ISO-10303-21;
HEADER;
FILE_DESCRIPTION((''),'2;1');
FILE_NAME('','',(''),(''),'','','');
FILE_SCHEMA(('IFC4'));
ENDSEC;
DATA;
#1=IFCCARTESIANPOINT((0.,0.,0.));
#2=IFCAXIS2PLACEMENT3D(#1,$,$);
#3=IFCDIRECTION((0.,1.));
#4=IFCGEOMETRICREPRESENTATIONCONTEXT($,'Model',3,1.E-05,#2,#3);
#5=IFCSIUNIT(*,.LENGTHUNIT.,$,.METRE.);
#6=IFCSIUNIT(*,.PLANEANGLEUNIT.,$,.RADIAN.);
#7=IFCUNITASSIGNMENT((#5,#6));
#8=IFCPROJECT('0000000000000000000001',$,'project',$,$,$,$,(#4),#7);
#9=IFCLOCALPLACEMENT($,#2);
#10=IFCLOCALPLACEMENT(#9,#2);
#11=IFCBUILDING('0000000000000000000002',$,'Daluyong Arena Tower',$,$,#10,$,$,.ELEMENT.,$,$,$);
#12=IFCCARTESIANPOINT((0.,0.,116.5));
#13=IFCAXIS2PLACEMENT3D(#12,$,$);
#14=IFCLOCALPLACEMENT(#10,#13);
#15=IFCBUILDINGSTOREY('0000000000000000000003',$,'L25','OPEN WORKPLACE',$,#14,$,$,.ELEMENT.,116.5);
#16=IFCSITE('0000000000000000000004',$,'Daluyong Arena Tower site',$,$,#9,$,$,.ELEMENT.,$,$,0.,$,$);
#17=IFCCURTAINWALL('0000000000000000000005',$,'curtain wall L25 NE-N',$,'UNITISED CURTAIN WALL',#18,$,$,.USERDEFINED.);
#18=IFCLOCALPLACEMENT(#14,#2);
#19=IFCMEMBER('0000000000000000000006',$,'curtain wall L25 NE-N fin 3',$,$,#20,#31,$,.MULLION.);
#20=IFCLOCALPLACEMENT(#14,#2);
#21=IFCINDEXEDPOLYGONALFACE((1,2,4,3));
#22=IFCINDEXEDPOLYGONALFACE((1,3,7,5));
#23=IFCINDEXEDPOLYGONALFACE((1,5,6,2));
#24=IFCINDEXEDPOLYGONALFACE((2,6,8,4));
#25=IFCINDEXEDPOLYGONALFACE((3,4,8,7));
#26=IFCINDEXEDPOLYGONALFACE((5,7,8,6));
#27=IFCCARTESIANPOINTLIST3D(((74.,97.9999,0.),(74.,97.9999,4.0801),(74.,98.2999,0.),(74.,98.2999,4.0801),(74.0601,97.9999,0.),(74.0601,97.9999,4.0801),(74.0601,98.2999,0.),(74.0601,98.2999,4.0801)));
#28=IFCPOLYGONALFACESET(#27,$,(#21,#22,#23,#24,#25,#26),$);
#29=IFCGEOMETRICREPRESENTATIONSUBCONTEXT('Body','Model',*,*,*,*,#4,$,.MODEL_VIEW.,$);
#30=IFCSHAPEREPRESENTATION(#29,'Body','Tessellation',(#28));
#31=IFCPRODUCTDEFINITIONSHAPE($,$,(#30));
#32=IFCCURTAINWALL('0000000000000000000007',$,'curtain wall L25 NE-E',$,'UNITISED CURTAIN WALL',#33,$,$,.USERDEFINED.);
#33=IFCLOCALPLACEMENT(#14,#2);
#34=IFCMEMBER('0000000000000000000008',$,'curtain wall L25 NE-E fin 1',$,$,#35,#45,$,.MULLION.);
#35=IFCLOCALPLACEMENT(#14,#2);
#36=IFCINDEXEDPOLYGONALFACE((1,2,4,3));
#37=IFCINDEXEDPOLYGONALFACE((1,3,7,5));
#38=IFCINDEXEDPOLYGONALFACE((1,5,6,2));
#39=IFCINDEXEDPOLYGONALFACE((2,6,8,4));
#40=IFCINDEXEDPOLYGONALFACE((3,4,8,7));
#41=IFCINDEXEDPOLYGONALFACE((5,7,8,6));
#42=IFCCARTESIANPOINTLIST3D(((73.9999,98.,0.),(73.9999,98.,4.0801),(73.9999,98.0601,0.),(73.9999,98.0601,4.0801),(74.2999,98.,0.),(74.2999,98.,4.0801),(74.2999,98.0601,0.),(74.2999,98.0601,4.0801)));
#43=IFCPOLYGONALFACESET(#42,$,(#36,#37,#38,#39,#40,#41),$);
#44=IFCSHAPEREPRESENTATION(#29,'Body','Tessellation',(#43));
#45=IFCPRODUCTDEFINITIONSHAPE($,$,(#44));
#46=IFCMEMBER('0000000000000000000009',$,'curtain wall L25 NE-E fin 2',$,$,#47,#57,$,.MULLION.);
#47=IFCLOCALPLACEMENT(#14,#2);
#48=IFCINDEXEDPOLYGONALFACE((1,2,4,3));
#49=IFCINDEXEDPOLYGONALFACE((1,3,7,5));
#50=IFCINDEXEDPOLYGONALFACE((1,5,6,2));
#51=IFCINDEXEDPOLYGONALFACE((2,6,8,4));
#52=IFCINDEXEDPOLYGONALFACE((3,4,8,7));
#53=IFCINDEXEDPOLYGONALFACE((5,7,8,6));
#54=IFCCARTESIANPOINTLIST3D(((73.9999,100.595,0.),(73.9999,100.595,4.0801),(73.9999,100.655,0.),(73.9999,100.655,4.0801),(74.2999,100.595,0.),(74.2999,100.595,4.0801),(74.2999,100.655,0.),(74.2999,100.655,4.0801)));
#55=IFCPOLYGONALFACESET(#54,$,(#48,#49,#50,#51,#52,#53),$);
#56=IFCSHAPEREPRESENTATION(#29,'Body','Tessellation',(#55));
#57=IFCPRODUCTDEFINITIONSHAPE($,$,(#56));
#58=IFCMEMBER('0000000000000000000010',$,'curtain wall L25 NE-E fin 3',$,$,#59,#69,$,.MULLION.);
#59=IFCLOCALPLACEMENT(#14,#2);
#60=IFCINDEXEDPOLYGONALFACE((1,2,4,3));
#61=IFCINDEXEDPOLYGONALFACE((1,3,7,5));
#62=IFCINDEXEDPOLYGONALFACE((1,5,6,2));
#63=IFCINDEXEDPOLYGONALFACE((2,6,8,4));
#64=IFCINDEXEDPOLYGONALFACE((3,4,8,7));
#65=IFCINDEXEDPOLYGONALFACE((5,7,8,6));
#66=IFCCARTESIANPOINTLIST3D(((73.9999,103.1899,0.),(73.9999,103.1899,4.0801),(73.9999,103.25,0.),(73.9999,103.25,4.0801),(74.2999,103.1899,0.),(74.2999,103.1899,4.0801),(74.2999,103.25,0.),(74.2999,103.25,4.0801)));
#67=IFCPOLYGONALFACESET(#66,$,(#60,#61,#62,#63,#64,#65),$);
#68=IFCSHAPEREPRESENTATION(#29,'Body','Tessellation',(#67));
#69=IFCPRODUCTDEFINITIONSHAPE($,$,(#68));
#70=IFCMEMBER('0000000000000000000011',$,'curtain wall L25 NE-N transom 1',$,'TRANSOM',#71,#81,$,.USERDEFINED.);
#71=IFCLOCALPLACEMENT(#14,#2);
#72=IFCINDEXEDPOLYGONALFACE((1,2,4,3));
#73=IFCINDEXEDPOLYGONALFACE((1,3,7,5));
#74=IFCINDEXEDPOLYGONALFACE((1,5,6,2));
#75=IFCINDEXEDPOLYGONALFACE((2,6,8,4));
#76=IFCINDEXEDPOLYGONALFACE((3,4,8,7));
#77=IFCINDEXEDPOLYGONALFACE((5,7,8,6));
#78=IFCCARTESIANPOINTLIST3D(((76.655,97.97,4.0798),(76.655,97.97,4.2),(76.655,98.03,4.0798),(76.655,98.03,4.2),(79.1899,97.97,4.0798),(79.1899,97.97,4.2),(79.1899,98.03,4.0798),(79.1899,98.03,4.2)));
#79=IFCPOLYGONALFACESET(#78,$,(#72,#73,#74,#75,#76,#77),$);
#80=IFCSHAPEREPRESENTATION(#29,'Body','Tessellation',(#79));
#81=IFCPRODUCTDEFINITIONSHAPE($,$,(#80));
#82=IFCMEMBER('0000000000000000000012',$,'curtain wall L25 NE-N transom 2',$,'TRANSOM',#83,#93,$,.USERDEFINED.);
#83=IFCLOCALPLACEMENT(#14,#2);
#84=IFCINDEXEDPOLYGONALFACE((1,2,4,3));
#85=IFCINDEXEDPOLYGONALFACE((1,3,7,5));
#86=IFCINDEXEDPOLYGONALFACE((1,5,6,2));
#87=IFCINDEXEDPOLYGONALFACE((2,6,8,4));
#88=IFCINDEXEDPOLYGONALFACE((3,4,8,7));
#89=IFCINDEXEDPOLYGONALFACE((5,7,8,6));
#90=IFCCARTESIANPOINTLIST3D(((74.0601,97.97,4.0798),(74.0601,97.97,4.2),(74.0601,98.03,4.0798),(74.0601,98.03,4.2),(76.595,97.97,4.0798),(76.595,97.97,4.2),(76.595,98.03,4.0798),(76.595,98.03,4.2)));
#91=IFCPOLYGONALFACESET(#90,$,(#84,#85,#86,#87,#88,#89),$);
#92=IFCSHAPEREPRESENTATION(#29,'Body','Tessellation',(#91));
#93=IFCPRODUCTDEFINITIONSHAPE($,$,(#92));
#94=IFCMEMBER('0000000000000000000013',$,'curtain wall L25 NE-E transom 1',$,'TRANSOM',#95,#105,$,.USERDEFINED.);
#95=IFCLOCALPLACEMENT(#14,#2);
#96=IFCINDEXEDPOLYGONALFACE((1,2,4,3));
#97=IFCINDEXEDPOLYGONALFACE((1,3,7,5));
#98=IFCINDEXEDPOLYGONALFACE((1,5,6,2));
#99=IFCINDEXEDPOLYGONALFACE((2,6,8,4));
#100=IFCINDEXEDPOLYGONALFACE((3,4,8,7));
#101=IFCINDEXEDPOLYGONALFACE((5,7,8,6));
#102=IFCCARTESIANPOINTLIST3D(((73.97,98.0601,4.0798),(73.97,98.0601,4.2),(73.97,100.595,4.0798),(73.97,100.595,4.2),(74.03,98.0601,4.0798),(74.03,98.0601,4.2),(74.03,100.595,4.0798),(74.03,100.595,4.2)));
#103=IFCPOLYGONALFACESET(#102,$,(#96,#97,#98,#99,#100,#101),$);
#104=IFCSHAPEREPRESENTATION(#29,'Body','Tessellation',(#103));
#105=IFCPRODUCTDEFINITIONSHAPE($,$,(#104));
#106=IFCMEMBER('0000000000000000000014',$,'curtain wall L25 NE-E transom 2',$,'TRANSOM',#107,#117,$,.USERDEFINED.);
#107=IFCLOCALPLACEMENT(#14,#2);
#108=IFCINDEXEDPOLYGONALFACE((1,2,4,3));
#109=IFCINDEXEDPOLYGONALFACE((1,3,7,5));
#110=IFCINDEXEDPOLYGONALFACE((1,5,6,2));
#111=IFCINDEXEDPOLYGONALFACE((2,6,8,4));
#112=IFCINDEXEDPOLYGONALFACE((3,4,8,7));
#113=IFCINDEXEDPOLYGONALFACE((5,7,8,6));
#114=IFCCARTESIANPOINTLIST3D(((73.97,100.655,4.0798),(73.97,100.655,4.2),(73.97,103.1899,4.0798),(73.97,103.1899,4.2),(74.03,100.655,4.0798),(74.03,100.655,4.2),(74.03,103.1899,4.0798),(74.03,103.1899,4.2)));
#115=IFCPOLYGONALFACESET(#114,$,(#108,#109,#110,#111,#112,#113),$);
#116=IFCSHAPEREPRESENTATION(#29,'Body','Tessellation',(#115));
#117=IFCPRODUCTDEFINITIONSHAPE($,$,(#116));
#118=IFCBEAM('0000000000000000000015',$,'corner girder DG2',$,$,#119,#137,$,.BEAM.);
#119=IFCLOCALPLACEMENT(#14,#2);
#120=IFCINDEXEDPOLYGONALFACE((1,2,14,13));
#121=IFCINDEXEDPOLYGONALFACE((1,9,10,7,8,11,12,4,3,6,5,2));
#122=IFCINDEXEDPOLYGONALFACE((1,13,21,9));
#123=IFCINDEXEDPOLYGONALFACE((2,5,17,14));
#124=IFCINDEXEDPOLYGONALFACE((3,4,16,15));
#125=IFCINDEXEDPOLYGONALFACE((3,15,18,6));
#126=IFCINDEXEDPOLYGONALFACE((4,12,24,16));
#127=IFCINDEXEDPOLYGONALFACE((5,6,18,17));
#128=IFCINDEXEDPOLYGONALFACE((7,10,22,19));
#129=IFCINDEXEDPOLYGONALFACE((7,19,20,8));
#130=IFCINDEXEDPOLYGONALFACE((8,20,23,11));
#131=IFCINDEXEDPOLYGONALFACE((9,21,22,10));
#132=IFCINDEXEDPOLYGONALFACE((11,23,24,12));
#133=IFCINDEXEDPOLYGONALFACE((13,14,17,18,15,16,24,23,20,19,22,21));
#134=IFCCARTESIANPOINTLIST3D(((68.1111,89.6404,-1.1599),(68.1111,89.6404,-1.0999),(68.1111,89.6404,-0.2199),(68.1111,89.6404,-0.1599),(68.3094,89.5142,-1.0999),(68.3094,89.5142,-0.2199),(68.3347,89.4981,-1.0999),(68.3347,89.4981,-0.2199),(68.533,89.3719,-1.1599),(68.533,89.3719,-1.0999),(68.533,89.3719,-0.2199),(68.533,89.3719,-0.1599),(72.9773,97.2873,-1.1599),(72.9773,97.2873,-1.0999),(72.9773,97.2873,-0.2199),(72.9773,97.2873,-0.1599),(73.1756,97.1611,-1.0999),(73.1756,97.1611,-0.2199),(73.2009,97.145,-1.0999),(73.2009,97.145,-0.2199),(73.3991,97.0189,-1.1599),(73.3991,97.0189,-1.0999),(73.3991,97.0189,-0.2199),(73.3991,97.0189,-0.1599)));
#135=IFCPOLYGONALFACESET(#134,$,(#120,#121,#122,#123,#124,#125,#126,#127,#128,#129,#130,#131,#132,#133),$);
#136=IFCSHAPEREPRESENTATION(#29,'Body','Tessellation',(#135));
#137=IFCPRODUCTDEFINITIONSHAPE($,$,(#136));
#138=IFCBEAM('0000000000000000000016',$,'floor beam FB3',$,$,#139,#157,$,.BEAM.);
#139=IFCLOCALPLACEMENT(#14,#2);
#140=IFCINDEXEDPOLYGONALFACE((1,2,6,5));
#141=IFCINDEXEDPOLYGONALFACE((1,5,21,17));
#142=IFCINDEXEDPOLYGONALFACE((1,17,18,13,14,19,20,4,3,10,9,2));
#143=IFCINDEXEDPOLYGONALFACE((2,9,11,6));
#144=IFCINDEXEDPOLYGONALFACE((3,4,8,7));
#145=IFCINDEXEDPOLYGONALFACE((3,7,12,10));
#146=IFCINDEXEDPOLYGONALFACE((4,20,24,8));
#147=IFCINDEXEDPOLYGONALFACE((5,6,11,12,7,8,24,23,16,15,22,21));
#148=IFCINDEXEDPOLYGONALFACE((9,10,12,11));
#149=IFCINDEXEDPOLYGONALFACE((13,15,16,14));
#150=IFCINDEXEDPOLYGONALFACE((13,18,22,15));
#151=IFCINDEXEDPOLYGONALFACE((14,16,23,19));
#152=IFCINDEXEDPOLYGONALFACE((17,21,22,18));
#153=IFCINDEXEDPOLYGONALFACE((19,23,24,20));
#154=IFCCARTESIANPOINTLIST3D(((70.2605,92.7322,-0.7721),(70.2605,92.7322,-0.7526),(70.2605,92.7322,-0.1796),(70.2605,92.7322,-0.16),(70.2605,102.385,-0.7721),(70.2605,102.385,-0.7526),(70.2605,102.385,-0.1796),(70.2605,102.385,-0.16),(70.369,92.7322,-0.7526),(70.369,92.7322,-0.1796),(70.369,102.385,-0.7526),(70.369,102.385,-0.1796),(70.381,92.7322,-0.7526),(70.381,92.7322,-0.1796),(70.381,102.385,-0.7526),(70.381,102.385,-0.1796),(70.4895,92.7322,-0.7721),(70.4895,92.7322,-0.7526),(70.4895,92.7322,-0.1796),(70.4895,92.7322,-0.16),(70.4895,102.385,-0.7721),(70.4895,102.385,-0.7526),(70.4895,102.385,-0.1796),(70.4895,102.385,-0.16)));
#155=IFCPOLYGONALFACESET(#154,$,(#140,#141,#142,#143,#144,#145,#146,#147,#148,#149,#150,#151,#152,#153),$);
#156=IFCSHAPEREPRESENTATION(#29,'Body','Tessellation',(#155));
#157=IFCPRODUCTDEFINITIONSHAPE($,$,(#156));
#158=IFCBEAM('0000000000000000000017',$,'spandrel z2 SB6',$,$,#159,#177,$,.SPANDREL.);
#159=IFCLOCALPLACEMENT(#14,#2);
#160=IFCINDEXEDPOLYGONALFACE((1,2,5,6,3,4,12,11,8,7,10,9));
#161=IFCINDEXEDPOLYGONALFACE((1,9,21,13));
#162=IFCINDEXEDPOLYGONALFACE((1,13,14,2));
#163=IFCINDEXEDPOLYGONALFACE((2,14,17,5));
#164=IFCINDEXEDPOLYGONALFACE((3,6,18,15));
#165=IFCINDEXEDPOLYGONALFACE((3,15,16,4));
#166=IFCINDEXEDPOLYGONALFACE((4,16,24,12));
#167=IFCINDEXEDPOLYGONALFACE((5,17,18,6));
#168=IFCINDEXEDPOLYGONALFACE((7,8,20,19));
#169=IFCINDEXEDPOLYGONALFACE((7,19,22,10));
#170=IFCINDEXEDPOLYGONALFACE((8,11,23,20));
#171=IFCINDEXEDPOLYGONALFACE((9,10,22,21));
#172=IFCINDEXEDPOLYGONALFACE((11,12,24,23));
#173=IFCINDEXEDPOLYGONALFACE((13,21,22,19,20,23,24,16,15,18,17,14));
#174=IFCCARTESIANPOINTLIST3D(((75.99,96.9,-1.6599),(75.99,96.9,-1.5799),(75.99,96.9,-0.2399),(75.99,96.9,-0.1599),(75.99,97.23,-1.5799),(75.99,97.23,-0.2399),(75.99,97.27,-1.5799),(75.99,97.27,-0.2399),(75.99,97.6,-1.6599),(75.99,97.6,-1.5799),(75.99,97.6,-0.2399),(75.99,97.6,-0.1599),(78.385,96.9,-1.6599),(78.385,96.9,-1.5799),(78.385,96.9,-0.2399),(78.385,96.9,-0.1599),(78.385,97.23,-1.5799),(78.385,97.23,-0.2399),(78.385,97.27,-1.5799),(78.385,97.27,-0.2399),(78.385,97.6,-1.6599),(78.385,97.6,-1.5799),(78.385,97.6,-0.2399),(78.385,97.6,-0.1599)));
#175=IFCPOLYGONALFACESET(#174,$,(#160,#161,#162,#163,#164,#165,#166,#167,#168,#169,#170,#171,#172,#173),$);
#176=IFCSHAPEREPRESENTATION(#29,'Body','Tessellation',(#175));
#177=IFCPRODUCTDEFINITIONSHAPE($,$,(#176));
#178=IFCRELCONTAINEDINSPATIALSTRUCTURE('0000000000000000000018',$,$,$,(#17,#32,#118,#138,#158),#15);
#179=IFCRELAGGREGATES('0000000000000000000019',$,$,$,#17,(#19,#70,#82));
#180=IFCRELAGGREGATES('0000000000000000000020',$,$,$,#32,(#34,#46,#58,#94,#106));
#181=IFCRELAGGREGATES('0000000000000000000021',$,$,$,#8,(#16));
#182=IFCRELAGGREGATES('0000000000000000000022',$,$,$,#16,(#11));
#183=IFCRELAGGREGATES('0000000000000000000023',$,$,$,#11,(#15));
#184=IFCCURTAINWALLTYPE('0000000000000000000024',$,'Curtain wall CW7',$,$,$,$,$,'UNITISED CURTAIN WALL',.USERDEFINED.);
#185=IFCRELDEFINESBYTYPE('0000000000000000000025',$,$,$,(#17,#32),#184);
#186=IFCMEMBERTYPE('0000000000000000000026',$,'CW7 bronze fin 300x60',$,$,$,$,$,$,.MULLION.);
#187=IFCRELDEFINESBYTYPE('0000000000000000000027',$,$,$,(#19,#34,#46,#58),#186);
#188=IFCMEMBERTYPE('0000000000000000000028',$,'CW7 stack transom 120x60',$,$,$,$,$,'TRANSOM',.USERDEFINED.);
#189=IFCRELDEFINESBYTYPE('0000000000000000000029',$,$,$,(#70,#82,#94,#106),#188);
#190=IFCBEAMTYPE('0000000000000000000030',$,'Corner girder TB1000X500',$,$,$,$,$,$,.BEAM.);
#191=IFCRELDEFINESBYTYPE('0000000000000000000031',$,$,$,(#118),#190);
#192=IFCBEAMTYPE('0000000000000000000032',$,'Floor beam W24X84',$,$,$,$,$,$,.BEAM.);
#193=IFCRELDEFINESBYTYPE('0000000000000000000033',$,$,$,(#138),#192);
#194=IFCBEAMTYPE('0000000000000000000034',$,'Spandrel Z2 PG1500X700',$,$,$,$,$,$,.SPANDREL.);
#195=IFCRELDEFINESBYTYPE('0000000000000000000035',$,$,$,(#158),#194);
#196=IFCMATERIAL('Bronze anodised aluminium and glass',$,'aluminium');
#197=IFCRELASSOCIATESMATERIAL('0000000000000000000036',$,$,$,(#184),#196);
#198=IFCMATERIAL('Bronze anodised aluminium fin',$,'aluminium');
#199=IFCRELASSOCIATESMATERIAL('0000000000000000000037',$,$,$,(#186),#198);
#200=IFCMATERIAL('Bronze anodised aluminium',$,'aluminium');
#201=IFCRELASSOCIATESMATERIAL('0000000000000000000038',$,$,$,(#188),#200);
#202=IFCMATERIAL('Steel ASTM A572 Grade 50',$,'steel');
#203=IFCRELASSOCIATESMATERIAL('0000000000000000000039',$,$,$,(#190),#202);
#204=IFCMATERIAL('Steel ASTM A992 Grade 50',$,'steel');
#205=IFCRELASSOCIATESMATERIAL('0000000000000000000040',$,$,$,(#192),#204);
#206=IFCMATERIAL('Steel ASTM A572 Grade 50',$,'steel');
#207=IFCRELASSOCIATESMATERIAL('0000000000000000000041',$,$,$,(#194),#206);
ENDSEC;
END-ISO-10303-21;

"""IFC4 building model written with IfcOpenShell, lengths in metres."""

from ifc_helpers import new_model, si_unit, direction, frame, origin, origin_2d, place, context, subcontext, project, spatial, rectangle, i_section, extrude, material, material_profile, profile_set, type_object, element, aggregate, save


model = new_model("IFC4")

# Units and contexts
model_context = context("Model", 3, precision=1e-05, world=origin(), true_north=direction((0.0, 1.0)))
body_context = subcontext(model_context, "Body", "Model", "MODEL_VIEW")
ifc_project = project(units=[si_unit("LENGTHUNIT", "METRE"), si_unit("PLANEANGLEUNIT", "RADIAN")], contexts=[model_context])

# Site, building, storey
site_placement = place(None, origin())
site = spatial("IfcSite", under=ifc_project, at=site_placement, Name="Daluyong Arena Tower site", CompositionType="ELEMENT", RefElevation=0.0)
building_placement = place(site_placement, origin())
building = spatial("IfcBuilding", under=site, at=building_placement, Name="Daluyong Arena Tower", CompositionType="ELEMENT")
storey_placement = place(building_placement, frame((0.0, 0.0, 116.5)))
storey = spatial("IfcBuildingStorey", under=building, at=storey_placement, Name="L25", Description="OPEN WORKPLACE", CompositionType="ELEMENT", Elevation=116.5)

# Curtain walls, members
ifc_material_1 = material(Name="Bronze anodised aluminium and glass", Category="aluminium")
curtain_wall_type_1 = type_object("IfcCurtainWallType", Name="Curtain wall CW7", ElementType="UNITISED CURTAIN WALL", PredefinedType="USERDEFINED", material=ifc_material_1)
curtain_wall_1_placement = place(storey_placement, origin())
curtain_wall_1 = element("IfcCurtainWall", 1, at=curtain_wall_1_placement, inside=storey, type_object=curtain_wall_type_1, Name="curtain wall L25 NE-N", ObjectType="UNITISED CURTAIN WALL", PredefinedType="USERDEFINED")
ifc_material_2 = material(Name="Bronze anodised aluminium fin", Category="aluminium")
ifc_material_profile_1 = material_profile(ifc_material_2, rectangle(XDim=0.3, YDim=0.0601, at=origin_2d()))
ifc_profile_set_1 = profile_set([ifc_material_profile_1], Name="Bronze anodised aluminium fin")
member_type_1 = type_object("IfcMemberType", Name="CW7 bronze fin 300x60", PredefinedType="MULLION", material=ifc_profile_set_1)
member_1_placement = place(storey_placement, frame((74.03, 98.1499, 0.0), z_axis=(0.0, 0.0, 1.0), x_axis=(0.0, -1.0, 0.0)))
member_1 = element("IfcMember", 2, at=member_1_placement, type_object=member_type_1, Name="curtain wall L25 NE-N fin 3", PredefinedType="MULLION", context=body_context, shape_type="SweptSolid", body=[
    extrude(rectangle(XDim=0.3, YDim=0.0601, at=origin_2d()), origin(), (0.0, 0.0, 1.0), 4.0801),
])
curtain_wall_2_placement = place(storey_placement, origin())
curtain_wall_2 = element("IfcCurtainWall", 3, at=curtain_wall_2_placement, inside=storey, type_object=curtain_wall_type_1, Name="curtain wall L25 NE-E", ObjectType="UNITISED CURTAIN WALL", PredefinedType="USERDEFINED")
member_2_placement = place(storey_placement, frame((74.1499, 98.03, 0.0), z_axis=(0.0, 0.0, 1.0), x_axis=(-1.0, 0.0, 0.0)))
member_2 = element("IfcMember", 4, at=member_2_placement, type_object=member_type_1, Name="curtain wall L25 NE-E fin 1", PredefinedType="MULLION", context=body_context, shape_type="SweptSolid", body=[
    extrude(rectangle(XDim=0.3, YDim=0.0601, at=origin_2d()), origin(), (0.0, 0.0, 1.0), 4.0801),
])
member_3_placement = place(storey_placement, frame((74.1499, 100.625, 0.0), z_axis=(0.0, 0.0, 1.0), x_axis=(-1.0, 0.0, 0.0)))
member_3 = element("IfcMember", 5, at=member_3_placement, type_object=member_type_1, Name="curtain wall L25 NE-E fin 2", PredefinedType="MULLION", context=body_context, shape_type="SweptSolid", body=[
    extrude(rectangle(XDim=0.3, YDim=0.0601, at=origin_2d()), origin(), (0.0, 0.0, 1.0), 4.0801),
])
member_4_placement = place(storey_placement, frame((74.1499, 103.22, 0.0), z_axis=(0.0, 0.0, 1.0), x_axis=(-1.0, 0.0, 0.0)))
member_4 = element("IfcMember", 6, at=member_4_placement, type_object=member_type_1, Name="curtain wall L25 NE-E fin 3", PredefinedType="MULLION", context=body_context, shape_type="SweptSolid", body=[
    extrude(rectangle(XDim=0.3, YDim=0.0601, at=origin_2d()), origin(), (0.0, 0.0, 1.0), 4.0801),
])

# Members
ifc_material_3 = material(Name="Bronze anodised aluminium", Category="aluminium")
ifc_material_profile_2 = material_profile(ifc_material_3, rectangle(XDim=0.0601, YDim=0.1201, at=origin_2d()))
ifc_profile_set_2 = profile_set([ifc_material_profile_2], Name="Bronze anodised aluminium")
member_type_2 = type_object("IfcMemberType", Name="CW7 stack transom 120x60", ElementType="TRANSOM", PredefinedType="USERDEFINED", material=ifc_profile_set_2)
member_5_placement = place(storey_placement, frame((79.1899, 98.0, 4.1399), z_axis=(-1.0, 0.0, 0.0), x_axis=(0.0, -1.0, 0.0)))
member_5 = element("IfcMember", 7, at=member_5_placement, type_object=member_type_2, Name="curtain wall L25 NE-N transom 1", ObjectType="TRANSOM", PredefinedType="USERDEFINED", context=body_context, shape_type="SweptSolid", body=[
    extrude(rectangle(XDim=0.0601, YDim=0.1201, at=origin_2d()), origin(), (0.0, 0.0, 1.0), 2.5349),
])
member_6_placement = place(storey_placement, frame((76.595, 98.0, 4.1399), z_axis=(-1.0, 0.0, 0.0), x_axis=(0.0, -1.0, 0.0)))
member_6 = element("IfcMember", 8, at=member_6_placement, type_object=member_type_2, Name="curtain wall L25 NE-N transom 2", ObjectType="TRANSOM", PredefinedType="USERDEFINED", context=body_context, shape_type="SweptSolid", body=[
    extrude(rectangle(XDim=0.0601, YDim=0.1201, at=origin_2d()), origin(), (0.0, 0.0, 1.0), 2.5349),
])
member_7_placement = place(storey_placement, frame((74.0, 98.0601, 4.1399), z_axis=(0.0, 1.0, 0.0), x_axis=(-1.0, 0.0, 0.0)))
member_7 = element("IfcMember", 9, at=member_7_placement, type_object=member_type_2, Name="curtain wall L25 NE-E transom 1", ObjectType="TRANSOM", PredefinedType="USERDEFINED", context=body_context, shape_type="SweptSolid", body=[
    extrude(rectangle(XDim=0.0601, YDim=0.1201, at=origin_2d()), origin(), (0.0, 0.0, 1.0), 2.5349),
])
member_8_placement = place(storey_placement, frame((74.0, 100.655, 4.1399), z_axis=(0.0, 1.0, 0.0), x_axis=(-1.0, 0.0, 0.0)))
member_8 = element("IfcMember", 10, at=member_8_placement, type_object=member_type_2, Name="curtain wall L25 NE-E transom 2", ObjectType="TRANSOM", PredefinedType="USERDEFINED", context=body_context, shape_type="SweptSolid", body=[
    extrude(rectangle(XDim=0.0601, YDim=0.1201, at=origin_2d()), origin(), (0.0, 0.0, 1.0), 2.5349),
])

# Beams
ifc_material_4 = material(Name="Steel ASTM A572 Grade 50", Category="steel")
ifc_material_profile_3 = material_profile(ifc_material_4, i_section(OverallWidth=0.5, OverallDepth=1.0, WebThickness=0.03, FlangeThickness=0.06, at=origin_2d()))
ifc_profile_set_3 = profile_set([ifc_material_profile_3], Name="Steel ASTM A572 Grade 50")
beam_type_1 = type_object("IfcBeamType", Name="Corner girder TB1000X500", PredefinedType="BEAM", material=ifc_profile_set_3)
beam_1_placement = place(storey_placement, frame((73.1882, 97.1531, -0.6599), z_axis=(-0.536872, -0.843664, 0.0), x_axis=(0.843664, -0.536872, 0.0)))
element("IfcBeam", 11, at=beam_1_placement, inside=storey, type_object=beam_type_1, Name="corner girder DG2", PredefinedType="BEAM", context=body_context, shape_type="SweptSolid", body=[
    extrude(i_section(OverallWidth=0.5, OverallDepth=1.0, WebThickness=0.03, FlangeThickness=0.06, at=origin_2d()), origin(), (0.0, 0.0, 1.0), 9.064),
])
ifc_material_5 = material(Name="Steel ASTM A992 Grade 50", Category="steel")
ifc_material_profile_4 = material_profile(ifc_material_5, i_section(OverallWidth=0.229, OverallDepth=0.6121, WebThickness=0.012, FlangeThickness=0.0195, at=origin_2d()))
ifc_profile_set_4 = profile_set([ifc_material_profile_4], Name="Steel ASTM A992 Grade 50")
beam_type_2 = type_object("IfcBeamType", Name="Floor beam W24X84", PredefinedType="BEAM", material=ifc_profile_set_4)
beam_2_placement = place(storey_placement, frame((70.375, 102.385, -0.4661), z_axis=(0.0, -1.0, 0.0), x_axis=(1.0, 0.0, 0.0)))
element("IfcBeam", 12, at=beam_2_placement, inside=storey, type_object=beam_type_2, Name="floor beam FB3", PredefinedType="BEAM", context=body_context, shape_type="SweptSolid", body=[
    extrude(i_section(OverallWidth=0.229, OverallDepth=0.6121, WebThickness=0.012, FlangeThickness=0.0195, at=origin_2d()), origin(), (0.0, 0.0, 1.0), 9.6528),
])
ifc_material_6 = material(Name="Steel ASTM A572 Grade 50", Category="steel")
ifc_material_profile_5 = material_profile(ifc_material_6, i_section(OverallWidth=0.7, OverallDepth=1.5, WebThickness=0.04, FlangeThickness=0.08, at=origin_2d()))
ifc_profile_set_5 = profile_set([ifc_material_profile_5], Name="Steel ASTM A572 Grade 50")
beam_type_3 = type_object("IfcBeamType", Name="Spandrel Z2 PG1500X700", PredefinedType="SPANDREL", material=ifc_profile_set_5)
for number, where, z_axis, x_axis, name in (
    (13, (78.385, 97.25, -0.9099), (-1.0, 0.0, 0.0), (0.0, -1.0, 0.0), "spandrel z2 SB6"),
):
    element("IfcBeam", number, at=place(storey_placement, frame(where, z_axis=z_axis, x_axis=x_axis)), inside=storey, type_object=beam_type_3, Name=name, PredefinedType="SPANDREL", context=body_context, shape_type="SweptSolid", body=[
        extrude(i_section(OverallWidth=0.7, OverallDepth=1.5, WebThickness=0.04, FlangeThickness=0.08, at=origin_2d()), origin(), (0.0, 0.0, 1.0), 2.395),
    ])

aggregate(curtain_wall_1, [member_1, member_5, member_6])
aggregate(curtain_wall_2, [member_2, member_3, member_4, member_7, member_8])

save(model, "model.ifc")
